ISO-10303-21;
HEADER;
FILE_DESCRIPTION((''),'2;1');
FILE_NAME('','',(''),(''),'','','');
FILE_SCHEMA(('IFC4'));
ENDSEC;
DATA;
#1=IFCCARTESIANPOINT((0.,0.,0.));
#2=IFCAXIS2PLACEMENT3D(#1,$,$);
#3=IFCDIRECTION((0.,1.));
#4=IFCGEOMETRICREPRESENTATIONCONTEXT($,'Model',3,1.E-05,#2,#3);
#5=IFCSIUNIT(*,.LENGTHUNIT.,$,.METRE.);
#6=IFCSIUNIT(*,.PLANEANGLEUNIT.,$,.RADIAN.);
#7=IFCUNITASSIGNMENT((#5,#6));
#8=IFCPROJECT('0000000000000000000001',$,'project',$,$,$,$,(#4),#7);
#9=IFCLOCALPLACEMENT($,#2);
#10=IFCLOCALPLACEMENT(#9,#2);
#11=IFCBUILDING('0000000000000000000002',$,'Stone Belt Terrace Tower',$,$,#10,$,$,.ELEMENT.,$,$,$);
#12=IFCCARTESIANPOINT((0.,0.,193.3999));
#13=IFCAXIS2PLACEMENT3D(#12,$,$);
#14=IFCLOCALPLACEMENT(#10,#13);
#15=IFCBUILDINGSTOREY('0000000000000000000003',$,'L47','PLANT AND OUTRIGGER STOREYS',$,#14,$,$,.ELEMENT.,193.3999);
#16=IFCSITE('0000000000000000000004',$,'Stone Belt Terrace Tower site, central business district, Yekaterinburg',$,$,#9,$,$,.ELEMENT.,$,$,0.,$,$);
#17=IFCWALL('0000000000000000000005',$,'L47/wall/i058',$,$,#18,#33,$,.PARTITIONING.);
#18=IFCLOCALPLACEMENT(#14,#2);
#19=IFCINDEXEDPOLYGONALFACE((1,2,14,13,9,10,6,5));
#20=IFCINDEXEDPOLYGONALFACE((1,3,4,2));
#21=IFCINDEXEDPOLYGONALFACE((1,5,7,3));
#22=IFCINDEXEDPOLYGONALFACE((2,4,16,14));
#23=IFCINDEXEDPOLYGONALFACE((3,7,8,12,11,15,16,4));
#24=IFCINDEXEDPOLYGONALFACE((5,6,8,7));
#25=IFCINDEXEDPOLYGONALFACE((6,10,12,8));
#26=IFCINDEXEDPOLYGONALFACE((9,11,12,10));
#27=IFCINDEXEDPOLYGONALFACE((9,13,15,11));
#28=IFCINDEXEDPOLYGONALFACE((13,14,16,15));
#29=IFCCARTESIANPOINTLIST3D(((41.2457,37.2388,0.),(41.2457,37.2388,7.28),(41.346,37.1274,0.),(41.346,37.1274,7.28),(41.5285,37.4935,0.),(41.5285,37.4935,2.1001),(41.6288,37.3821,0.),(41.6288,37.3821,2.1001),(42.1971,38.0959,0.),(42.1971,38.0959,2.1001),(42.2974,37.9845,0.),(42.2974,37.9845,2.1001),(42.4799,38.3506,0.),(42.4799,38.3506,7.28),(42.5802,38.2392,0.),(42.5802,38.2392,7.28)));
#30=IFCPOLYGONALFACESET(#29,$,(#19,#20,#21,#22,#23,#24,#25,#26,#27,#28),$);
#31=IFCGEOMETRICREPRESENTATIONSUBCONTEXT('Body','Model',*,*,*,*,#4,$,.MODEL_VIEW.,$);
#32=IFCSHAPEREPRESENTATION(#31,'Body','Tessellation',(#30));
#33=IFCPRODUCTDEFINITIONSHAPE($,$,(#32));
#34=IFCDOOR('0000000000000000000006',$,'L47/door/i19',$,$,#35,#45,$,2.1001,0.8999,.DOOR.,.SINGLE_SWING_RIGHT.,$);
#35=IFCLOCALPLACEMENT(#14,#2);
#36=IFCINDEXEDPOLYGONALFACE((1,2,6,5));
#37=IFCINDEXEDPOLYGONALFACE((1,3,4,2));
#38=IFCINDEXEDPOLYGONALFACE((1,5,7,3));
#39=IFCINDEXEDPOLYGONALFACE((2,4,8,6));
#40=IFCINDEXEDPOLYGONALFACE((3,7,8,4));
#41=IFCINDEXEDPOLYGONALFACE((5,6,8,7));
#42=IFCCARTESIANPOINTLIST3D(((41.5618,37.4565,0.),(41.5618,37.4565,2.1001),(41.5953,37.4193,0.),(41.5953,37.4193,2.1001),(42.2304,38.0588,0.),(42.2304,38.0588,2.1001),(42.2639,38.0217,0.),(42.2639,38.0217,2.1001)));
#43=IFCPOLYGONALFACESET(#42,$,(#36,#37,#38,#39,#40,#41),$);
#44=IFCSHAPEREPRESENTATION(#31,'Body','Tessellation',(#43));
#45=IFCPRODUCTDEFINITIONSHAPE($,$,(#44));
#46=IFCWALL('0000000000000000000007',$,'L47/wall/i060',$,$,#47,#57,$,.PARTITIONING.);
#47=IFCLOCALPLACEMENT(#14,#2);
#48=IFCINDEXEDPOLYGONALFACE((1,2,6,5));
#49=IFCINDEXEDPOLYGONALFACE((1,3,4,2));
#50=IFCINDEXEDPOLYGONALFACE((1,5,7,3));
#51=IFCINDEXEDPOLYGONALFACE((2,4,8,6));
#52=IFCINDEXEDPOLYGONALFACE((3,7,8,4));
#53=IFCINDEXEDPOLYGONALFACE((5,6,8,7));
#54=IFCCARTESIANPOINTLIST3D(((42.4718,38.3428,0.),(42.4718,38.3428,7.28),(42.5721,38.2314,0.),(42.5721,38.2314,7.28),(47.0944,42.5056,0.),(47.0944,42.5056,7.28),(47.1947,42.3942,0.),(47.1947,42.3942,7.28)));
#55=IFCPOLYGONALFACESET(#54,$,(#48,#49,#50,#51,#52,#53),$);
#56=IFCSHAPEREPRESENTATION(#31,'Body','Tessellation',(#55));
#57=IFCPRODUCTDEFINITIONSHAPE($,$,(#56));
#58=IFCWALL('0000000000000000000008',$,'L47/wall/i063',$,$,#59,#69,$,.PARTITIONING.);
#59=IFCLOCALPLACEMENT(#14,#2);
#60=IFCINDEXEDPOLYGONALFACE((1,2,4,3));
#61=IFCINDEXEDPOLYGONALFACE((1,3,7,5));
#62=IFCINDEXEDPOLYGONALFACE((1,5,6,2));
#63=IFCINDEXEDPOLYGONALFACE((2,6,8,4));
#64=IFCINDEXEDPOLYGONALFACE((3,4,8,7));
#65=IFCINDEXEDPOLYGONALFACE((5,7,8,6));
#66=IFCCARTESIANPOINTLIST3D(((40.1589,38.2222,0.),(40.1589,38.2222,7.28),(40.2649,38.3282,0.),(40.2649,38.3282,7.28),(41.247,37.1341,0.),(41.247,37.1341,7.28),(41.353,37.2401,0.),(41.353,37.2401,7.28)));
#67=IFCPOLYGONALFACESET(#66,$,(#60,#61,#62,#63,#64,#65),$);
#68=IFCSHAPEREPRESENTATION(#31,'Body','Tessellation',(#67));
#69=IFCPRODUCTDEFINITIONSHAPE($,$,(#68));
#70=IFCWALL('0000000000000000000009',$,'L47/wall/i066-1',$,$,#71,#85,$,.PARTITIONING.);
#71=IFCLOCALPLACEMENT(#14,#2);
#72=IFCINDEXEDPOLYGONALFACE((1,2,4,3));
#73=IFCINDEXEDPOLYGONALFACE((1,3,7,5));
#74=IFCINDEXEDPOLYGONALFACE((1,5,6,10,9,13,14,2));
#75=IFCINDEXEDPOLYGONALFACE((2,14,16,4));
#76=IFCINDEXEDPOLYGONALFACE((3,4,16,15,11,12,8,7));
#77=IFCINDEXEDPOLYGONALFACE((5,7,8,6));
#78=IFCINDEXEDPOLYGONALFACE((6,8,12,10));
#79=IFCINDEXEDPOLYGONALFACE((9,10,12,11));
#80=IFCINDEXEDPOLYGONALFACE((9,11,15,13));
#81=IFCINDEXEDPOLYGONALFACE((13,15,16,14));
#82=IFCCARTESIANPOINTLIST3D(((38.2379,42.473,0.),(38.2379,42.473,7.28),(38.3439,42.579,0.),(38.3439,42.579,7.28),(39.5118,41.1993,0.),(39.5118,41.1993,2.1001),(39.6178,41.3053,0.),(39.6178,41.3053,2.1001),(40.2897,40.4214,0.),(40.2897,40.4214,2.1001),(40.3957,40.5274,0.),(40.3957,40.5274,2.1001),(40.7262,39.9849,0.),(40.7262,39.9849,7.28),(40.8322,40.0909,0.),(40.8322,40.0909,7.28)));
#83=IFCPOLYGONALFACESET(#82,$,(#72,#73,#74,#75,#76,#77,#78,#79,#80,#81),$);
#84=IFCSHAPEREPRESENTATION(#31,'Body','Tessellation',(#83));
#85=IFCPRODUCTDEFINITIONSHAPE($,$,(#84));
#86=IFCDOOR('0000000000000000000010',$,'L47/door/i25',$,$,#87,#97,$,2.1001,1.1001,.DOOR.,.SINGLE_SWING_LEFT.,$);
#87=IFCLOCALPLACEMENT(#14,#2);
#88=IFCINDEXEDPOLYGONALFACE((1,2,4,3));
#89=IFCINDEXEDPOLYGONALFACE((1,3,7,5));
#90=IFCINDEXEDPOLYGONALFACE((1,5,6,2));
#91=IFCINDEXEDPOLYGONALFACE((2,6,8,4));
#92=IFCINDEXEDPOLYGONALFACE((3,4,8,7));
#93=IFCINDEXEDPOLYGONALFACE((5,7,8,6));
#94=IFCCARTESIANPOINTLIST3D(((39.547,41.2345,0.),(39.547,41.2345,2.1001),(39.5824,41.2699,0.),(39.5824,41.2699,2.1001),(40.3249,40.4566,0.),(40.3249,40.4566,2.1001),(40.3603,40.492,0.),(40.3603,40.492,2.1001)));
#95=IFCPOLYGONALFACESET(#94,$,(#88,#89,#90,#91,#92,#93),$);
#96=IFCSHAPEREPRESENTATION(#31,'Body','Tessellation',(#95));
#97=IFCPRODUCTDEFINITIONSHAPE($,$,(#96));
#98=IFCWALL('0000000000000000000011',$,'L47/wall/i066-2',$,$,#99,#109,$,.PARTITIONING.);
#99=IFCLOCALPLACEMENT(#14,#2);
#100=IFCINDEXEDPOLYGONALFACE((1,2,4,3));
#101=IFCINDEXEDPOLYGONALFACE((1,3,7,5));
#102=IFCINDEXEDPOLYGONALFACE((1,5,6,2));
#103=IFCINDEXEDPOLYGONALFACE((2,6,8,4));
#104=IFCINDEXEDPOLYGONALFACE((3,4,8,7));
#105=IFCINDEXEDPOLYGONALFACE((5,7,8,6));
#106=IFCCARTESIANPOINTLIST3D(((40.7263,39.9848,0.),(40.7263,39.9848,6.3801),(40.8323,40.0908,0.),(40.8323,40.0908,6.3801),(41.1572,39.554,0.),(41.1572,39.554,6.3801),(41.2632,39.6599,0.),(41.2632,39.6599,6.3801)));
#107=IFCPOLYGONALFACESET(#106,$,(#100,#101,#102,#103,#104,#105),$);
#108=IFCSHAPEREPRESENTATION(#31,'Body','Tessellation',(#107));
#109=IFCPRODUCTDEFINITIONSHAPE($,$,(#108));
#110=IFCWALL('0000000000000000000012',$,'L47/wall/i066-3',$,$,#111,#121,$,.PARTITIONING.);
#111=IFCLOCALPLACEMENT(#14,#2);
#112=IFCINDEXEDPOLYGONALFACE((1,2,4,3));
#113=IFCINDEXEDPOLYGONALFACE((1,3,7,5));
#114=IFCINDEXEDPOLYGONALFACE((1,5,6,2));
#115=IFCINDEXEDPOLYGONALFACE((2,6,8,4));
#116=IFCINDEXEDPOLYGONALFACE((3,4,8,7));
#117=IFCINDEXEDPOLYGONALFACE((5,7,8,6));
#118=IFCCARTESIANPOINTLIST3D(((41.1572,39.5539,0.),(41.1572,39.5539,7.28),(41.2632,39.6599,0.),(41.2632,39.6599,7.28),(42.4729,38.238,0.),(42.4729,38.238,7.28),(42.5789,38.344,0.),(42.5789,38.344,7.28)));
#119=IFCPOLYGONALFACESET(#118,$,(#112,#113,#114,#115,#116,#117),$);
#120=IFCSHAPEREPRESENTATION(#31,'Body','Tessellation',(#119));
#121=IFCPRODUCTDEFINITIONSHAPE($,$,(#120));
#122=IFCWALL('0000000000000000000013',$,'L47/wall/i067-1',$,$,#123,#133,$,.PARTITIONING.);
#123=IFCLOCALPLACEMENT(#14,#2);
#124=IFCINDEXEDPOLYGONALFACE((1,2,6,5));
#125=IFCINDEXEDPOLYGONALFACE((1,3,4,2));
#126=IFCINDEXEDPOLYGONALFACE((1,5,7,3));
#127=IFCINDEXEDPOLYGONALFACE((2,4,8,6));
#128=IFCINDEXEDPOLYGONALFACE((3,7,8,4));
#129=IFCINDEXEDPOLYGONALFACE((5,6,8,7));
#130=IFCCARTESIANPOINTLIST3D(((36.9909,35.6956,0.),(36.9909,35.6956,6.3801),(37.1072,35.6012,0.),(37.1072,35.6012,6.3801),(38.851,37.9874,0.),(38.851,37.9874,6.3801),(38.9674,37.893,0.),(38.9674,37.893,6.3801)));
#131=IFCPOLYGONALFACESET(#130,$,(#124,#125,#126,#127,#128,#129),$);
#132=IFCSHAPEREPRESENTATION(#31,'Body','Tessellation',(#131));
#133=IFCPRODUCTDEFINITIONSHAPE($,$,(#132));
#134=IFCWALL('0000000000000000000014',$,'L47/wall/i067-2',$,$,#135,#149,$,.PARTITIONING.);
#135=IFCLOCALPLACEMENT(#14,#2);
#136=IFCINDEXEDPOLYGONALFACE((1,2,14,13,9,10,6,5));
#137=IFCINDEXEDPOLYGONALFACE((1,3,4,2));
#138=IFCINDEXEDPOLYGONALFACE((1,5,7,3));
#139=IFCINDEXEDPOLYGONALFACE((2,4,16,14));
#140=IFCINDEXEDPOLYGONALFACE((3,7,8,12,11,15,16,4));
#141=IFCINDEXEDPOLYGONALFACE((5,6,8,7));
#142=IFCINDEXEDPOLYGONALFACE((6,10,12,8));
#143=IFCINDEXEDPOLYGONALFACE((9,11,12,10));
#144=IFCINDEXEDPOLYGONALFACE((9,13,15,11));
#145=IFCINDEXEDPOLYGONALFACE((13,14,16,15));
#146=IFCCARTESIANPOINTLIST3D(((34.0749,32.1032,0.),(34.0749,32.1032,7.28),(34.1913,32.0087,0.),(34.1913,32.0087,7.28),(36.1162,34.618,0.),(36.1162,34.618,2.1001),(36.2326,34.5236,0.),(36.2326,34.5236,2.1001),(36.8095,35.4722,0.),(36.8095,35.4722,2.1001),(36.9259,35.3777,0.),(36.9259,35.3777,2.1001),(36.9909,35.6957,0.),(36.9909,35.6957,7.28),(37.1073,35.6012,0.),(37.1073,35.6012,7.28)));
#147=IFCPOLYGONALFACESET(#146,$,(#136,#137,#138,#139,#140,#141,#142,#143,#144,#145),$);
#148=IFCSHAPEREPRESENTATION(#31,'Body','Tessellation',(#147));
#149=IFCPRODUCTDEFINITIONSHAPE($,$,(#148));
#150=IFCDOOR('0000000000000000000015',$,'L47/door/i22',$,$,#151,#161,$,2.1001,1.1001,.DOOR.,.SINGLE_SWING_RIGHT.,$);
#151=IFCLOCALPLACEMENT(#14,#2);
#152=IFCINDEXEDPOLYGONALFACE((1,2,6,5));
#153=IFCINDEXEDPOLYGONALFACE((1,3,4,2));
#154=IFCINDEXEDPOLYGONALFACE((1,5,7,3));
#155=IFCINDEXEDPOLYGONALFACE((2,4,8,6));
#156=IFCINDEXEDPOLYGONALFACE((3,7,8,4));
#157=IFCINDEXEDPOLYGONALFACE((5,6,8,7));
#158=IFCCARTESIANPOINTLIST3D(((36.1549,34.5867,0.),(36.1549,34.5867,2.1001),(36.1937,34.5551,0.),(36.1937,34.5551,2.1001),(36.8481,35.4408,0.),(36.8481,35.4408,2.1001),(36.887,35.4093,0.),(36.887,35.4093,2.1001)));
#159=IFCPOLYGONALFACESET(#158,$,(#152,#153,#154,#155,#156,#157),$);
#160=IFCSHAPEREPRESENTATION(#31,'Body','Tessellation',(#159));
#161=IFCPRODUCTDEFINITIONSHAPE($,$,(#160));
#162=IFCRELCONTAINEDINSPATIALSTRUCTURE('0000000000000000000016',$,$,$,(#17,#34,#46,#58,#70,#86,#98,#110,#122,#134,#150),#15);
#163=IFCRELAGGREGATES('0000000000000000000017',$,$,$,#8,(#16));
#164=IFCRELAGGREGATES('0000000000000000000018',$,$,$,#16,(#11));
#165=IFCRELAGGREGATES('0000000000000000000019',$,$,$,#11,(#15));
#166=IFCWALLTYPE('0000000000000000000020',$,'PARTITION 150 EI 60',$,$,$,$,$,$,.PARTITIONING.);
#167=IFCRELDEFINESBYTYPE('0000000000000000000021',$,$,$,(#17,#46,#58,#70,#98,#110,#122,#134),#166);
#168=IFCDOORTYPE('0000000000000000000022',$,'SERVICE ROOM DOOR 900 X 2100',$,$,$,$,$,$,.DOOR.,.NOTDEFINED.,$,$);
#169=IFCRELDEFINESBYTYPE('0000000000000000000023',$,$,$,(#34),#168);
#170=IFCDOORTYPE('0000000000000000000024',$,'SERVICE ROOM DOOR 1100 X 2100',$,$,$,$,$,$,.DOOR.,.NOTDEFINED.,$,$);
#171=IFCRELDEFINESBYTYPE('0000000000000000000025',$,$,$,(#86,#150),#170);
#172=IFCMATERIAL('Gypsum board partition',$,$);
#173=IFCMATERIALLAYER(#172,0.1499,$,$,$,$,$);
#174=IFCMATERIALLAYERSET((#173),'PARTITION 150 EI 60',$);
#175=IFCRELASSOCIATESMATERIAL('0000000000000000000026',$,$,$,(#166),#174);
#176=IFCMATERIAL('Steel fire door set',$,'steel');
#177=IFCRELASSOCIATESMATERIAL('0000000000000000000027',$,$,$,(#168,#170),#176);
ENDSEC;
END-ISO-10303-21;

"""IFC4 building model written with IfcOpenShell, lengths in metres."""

from ifc_helpers import new_model, si_unit, direction, frame, frame_2d, origin, place, context, subcontext, project, spatial, rectangle, extrude, material, layer, layer_set, type_object, element, fill, save


model = new_model("IFC4")

# Units and contexts
model_context = context("Model", 3, precision=1e-05, world=origin(), true_north=direction((0.0, 1.0)))
body_context = subcontext(model_context, "Body", "Model", "MODEL_VIEW")
ifc_project = project(units=[si_unit("LENGTHUNIT", "METRE"), si_unit("PLANEANGLEUNIT", "RADIAN")], contexts=[model_context])

# Site, building, storey
site_placement = place(None, origin())
site = spatial("IfcSite", under=ifc_project, at=site_placement, Name="Stone Belt Terrace Tower site, central business district, Yekaterinburg", CompositionType="ELEMENT", RefElevation=0.0)
building_placement = place(site_placement, origin())
building = spatial("IfcBuilding", under=site, at=building_placement, Name="Stone Belt Terrace Tower", CompositionType="ELEMENT")
storey_placement = place(building_placement, frame((0.0, 0.0, 193.3999)))
storey = spatial("IfcBuildingStorey", under=building, at=storey_placement, Name="L47", Description="PLANT AND OUTRIGGER STOREYS", CompositionType="ELEMENT", Elevation=193.3999)

# Wall, opening, door
ifc_material_1 = material(Name="Gypsum board partition")
ifc_layer_1 = layer(ifc_material_1, 0.1499)
ifc_layer_set_1 = layer_set([ifc_layer_1], Name="PARTITION 150 EI 60")
wall_type_1 = type_object("IfcWallType", Name="PARTITION 150 EI 60", PredefinedType="PARTITIONING", material=ifc_layer_set_1)
wall_1_placement = place(storey_placement, frame((42.53, 38.2949, 0.0), z_axis=(0.0, 0.0, 1.0), x_axis=(-0.742965, -0.66933, 0.0)))
wall_1 = element("IfcWall", 1, at=wall_1_placement, inside=storey, type_object=wall_type_1, Name="L47/wall/i058", PredefinedType="PARTITIONING", context=body_context, shape_type="SweptSolid", body=[
    extrude(rectangle(XDim=1.6611, YDim=0.1499, at=frame_2d((0.8306, 0.0))), origin(), (0.0, 0.0, 1.0), 7.28),
])
opening_1_placement = place(wall_1_placement, frame((0.3806, 0.0, 0.0)))
opening_1 = element("IfcOpeningElement", 2, at=opening_1_placement, cuts=wall_1, PredefinedType="OPENING", context=body_context, shape_type="SweptSolid", body=[
    extrude(rectangle(XDim=0.8999, YDim=2.1001, at=frame_2d((0.45, 1.05))), frame((0.0, 0.085, 0.0), z_axis=(0.0, -1.0, 0.0), x_axis=(1.0, 0.0, 0.0)), (0.0, 0.0, 1.0), 0.1699),
])
ifc_material_2 = material(Name="Steel fire door set", Category="steel")
door_type_1 = type_object("IfcDoorType", Name="SERVICE ROOM DOOR 900 X 2100", OperationType="NOTDEFINED", PredefinedType="DOOR", material=ifc_material_2)
door_1_placement = place(opening_1_placement, origin())
door_1 = element("IfcDoor", 3, at=door_1_placement, inside=storey, type_object=door_type_1, Name="L47/door/i19", OperationType="SINGLE_SWING_RIGHT", OverallHeight=2.1001, OverallWidth=0.8999, PredefinedType="DOOR", context=body_context, shape_type="SweptSolid", body=[
    extrude(rectangle(XDim=0.8999, YDim=2.1001, at=frame_2d((0.45, 1.05))), frame((0.0, 0.0249, 0.0), z_axis=(0.0, -1.0, 0.0), x_axis=(1.0, 0.0, 0.0)), (0.0, 0.0, 1.0), 0.05),
])
fill(opening_1, door_1)

# Walls
wall_2_placement = place(storey_placement, frame((42.522, 38.2871, 0.0), z_axis=(0.0, 0.0, 1.0), x_axis=(0.743091, 0.66919, 0.0)))
element("IfcWall", 4, at=wall_2_placement, inside=storey, type_object=wall_type_1, Name="L47/wall/i060", PredefinedType="PARTITIONING", context=body_context, shape_type="SweptSolid", body=[
    extrude(rectangle(XDim=6.2207, YDim=0.1499, at=frame_2d((3.1104, 0.0))), origin(), (0.0, 0.0, 1.0), 7.28),
])
wall_3_placement = place(storey_placement, frame((41.3, 37.187, 0.0), z_axis=(0.0, 0.0, 1.0), x_axis=(-0.707107, 0.707107, 0.0)))
element("IfcWall", 5, at=wall_3_placement, inside=storey, type_object=wall_type_1, Name="L47/wall/i063", PredefinedType="PARTITIONING", context=body_context, shape_type="SweptSolid", body=[
    extrude(rectangle(XDim=1.5388, YDim=0.1499, at=frame_2d((0.7695, 0.0))), origin(), (0.0, 0.0, 1.0), 7.28),
])

# Wall, opening, door
wall_4_placement = place(storey_placement, frame((38.291, 42.5259, 0.0), z_axis=(0.0, 0.0, 1.0), x_axis=(0.707141, -0.707072, 0.0)))
wall_4 = element("IfcWall", 6, at=wall_4_placement, inside=storey, type_object=wall_type_1, Name="L47/wall/i066-1", PredefinedType="PARTITIONING", context=body_context, shape_type="SweptSolid", body=[
    extrude(rectangle(XDim=3.5188, YDim=0.1499, at=frame_2d((1.7593, 0.0))), origin(), (0.0, 0.0, 1.0), 7.28),
])
opening_2_placement = place(wall_4_placement, frame((1.8013, 0.0, 0.0)))
opening_2 = element("IfcOpeningElement", 7, at=opening_2_placement, cuts=wall_4, PredefinedType="OPENING", context=body_context, shape_type="SweptSolid", body=[
    extrude(rectangle(XDim=1.1001, YDim=2.1001, at=frame_2d((0.55, 1.05))), frame((0.0, 0.085, 0.0), z_axis=(0.0, -1.0, 0.0), x_axis=(1.0, 0.0, 0.0)), (0.0, 0.0, 1.0), 0.1699),
])
door_type_2 = type_object("IfcDoorType", Name="SERVICE ROOM DOOR 1100 X 2100", OperationType="NOTDEFINED", PredefinedType="DOOR", material=ifc_material_2)
door_2_placement = place(opening_2_placement, origin())
door_2 = element("IfcDoor", 8, at=door_2_placement, inside=storey, type_object=door_type_2, Name="L47/door/i25", OperationType="SINGLE_SWING_LEFT", OverallHeight=2.1001, OverallWidth=1.1001, PredefinedType="DOOR", context=body_context, shape_type="SweptSolid", body=[
    extrude(rectangle(XDim=1.1001, YDim=2.1001, at=frame_2d((0.55, 1.05))), frame((0.0, 0.0249, 0.0), z_axis=(0.0, -1.0, 0.0), x_axis=(1.0, 0.0, 0.0)), (0.0, 0.0, 1.0), 0.05),
])
fill(opening_2, door_2)

# Walls
wall_5_placement = place(storey_placement, frame((40.7793, 40.0378, 0.0), z_axis=(0.0, 0.0, 1.0), x_axis=(0.707107, -0.707107, 0.0)))
element("IfcWall", 9, at=wall_5_placement, inside=storey, type_object=wall_type_1, Name="L47/wall/i066-2", PredefinedType="PARTITIONING", context=body_context, shape_type="SweptSolid", body=[
    extrude(rectangle(XDim=0.6094, YDim=0.1499, at=frame_2d((0.3047, 0.0))), origin(), (0.0, 0.0, 1.0), 6.3801),
])
wall_6_placement = place(storey_placement, frame((41.2102, 39.6069, 0.0), z_axis=(0.0, 0.0, 1.0), x_axis=(0.707041, -0.707172, 0.0)))
element("IfcWall", 10, at=wall_6_placement, inside=storey, type_object=wall_type_1, Name="L47/wall/i066-3", PredefinedType="PARTITIONING", context=body_context, shape_type="SweptSolid", body=[
    extrude(rectangle(XDim=1.8608, YDim=0.1499, at=frame_2d((0.9304, 0.0))), origin(), (0.0, 0.0, 1.0), 7.28),
])
wall_7_placement = place(storey_placement, frame((38.9092, 37.9402, 0.0), z_axis=(0.0, 0.0, 1.0), x_axis=(-0.630197, -0.776435, 0.0)))
element("IfcWall", 11, at=wall_7_placement, inside=storey, type_object=wall_type_1, Name="L47/wall/i067-1", PredefinedType="PARTITIONING", context=body_context, shape_type="SweptSolid", body=[
    extrude(rectangle(XDim=2.9517, YDim=0.1499, at=frame_2d((1.4758, 0.0))), origin(), (0.0, 0.0, 1.0), 6.3801),
])

# Wall, opening, door
wall_8_placement = place(storey_placement, frame((37.0491, 35.6484, 0.0), z_axis=(0.0, 0.0, 1.0), x_axis=(-0.630213, -0.776422, 0.0)))
wall_8 = element("IfcWall", 12, at=wall_8_placement, inside=storey, type_object=wall_type_1, Name="L47/wall/i067-2", PredefinedType="PARTITIONING", context=body_context, shape_type="SweptSolid", body=[
    extrude(rectangle(XDim=4.627, YDim=0.1499, at=frame_2d((2.3135, 0.0))), origin(), (0.0, 0.0, 1.0), 7.28),
])
opening_3_placement = place(wall_8_placement, frame((0.2878, 0.0, 0.0)))
opening_3 = element("IfcOpeningElement", 13, at=opening_3_placement, cuts=wall_8, PredefinedType="OPENING", context=body_context, shape_type="SweptSolid", body=[
    extrude(rectangle(XDim=1.1001, YDim=2.1001, at=frame_2d((0.55, 1.05))), frame((0.0, 0.085, 0.0), z_axis=(0.0, -1.0, 0.0), x_axis=(1.0, 0.0, 0.0)), (0.0, 0.0, 1.0), 0.1699),
])
door_3_placement = place(opening_3_placement, origin())
door_3 = element("IfcDoor", 14, at=door_3_placement, inside=storey, type_object=door_type_2, Name="L47/door/i22", OperationType="SINGLE_SWING_RIGHT", OverallHeight=2.1001, OverallWidth=1.1001, PredefinedType="DOOR", context=body_context, shape_type="SweptSolid", body=[
    extrude(rectangle(XDim=1.1001, YDim=2.1001, at=frame_2d((0.55, 1.05))), frame((0.0, 0.0249, 0.0), z_axis=(0.0, -1.0, 0.0), x_axis=(1.0, 0.0, 0.0)), (0.0, 0.0, 1.0), 0.05),
])
fill(opening_3, door_3)

save(model, "model.ifc")
